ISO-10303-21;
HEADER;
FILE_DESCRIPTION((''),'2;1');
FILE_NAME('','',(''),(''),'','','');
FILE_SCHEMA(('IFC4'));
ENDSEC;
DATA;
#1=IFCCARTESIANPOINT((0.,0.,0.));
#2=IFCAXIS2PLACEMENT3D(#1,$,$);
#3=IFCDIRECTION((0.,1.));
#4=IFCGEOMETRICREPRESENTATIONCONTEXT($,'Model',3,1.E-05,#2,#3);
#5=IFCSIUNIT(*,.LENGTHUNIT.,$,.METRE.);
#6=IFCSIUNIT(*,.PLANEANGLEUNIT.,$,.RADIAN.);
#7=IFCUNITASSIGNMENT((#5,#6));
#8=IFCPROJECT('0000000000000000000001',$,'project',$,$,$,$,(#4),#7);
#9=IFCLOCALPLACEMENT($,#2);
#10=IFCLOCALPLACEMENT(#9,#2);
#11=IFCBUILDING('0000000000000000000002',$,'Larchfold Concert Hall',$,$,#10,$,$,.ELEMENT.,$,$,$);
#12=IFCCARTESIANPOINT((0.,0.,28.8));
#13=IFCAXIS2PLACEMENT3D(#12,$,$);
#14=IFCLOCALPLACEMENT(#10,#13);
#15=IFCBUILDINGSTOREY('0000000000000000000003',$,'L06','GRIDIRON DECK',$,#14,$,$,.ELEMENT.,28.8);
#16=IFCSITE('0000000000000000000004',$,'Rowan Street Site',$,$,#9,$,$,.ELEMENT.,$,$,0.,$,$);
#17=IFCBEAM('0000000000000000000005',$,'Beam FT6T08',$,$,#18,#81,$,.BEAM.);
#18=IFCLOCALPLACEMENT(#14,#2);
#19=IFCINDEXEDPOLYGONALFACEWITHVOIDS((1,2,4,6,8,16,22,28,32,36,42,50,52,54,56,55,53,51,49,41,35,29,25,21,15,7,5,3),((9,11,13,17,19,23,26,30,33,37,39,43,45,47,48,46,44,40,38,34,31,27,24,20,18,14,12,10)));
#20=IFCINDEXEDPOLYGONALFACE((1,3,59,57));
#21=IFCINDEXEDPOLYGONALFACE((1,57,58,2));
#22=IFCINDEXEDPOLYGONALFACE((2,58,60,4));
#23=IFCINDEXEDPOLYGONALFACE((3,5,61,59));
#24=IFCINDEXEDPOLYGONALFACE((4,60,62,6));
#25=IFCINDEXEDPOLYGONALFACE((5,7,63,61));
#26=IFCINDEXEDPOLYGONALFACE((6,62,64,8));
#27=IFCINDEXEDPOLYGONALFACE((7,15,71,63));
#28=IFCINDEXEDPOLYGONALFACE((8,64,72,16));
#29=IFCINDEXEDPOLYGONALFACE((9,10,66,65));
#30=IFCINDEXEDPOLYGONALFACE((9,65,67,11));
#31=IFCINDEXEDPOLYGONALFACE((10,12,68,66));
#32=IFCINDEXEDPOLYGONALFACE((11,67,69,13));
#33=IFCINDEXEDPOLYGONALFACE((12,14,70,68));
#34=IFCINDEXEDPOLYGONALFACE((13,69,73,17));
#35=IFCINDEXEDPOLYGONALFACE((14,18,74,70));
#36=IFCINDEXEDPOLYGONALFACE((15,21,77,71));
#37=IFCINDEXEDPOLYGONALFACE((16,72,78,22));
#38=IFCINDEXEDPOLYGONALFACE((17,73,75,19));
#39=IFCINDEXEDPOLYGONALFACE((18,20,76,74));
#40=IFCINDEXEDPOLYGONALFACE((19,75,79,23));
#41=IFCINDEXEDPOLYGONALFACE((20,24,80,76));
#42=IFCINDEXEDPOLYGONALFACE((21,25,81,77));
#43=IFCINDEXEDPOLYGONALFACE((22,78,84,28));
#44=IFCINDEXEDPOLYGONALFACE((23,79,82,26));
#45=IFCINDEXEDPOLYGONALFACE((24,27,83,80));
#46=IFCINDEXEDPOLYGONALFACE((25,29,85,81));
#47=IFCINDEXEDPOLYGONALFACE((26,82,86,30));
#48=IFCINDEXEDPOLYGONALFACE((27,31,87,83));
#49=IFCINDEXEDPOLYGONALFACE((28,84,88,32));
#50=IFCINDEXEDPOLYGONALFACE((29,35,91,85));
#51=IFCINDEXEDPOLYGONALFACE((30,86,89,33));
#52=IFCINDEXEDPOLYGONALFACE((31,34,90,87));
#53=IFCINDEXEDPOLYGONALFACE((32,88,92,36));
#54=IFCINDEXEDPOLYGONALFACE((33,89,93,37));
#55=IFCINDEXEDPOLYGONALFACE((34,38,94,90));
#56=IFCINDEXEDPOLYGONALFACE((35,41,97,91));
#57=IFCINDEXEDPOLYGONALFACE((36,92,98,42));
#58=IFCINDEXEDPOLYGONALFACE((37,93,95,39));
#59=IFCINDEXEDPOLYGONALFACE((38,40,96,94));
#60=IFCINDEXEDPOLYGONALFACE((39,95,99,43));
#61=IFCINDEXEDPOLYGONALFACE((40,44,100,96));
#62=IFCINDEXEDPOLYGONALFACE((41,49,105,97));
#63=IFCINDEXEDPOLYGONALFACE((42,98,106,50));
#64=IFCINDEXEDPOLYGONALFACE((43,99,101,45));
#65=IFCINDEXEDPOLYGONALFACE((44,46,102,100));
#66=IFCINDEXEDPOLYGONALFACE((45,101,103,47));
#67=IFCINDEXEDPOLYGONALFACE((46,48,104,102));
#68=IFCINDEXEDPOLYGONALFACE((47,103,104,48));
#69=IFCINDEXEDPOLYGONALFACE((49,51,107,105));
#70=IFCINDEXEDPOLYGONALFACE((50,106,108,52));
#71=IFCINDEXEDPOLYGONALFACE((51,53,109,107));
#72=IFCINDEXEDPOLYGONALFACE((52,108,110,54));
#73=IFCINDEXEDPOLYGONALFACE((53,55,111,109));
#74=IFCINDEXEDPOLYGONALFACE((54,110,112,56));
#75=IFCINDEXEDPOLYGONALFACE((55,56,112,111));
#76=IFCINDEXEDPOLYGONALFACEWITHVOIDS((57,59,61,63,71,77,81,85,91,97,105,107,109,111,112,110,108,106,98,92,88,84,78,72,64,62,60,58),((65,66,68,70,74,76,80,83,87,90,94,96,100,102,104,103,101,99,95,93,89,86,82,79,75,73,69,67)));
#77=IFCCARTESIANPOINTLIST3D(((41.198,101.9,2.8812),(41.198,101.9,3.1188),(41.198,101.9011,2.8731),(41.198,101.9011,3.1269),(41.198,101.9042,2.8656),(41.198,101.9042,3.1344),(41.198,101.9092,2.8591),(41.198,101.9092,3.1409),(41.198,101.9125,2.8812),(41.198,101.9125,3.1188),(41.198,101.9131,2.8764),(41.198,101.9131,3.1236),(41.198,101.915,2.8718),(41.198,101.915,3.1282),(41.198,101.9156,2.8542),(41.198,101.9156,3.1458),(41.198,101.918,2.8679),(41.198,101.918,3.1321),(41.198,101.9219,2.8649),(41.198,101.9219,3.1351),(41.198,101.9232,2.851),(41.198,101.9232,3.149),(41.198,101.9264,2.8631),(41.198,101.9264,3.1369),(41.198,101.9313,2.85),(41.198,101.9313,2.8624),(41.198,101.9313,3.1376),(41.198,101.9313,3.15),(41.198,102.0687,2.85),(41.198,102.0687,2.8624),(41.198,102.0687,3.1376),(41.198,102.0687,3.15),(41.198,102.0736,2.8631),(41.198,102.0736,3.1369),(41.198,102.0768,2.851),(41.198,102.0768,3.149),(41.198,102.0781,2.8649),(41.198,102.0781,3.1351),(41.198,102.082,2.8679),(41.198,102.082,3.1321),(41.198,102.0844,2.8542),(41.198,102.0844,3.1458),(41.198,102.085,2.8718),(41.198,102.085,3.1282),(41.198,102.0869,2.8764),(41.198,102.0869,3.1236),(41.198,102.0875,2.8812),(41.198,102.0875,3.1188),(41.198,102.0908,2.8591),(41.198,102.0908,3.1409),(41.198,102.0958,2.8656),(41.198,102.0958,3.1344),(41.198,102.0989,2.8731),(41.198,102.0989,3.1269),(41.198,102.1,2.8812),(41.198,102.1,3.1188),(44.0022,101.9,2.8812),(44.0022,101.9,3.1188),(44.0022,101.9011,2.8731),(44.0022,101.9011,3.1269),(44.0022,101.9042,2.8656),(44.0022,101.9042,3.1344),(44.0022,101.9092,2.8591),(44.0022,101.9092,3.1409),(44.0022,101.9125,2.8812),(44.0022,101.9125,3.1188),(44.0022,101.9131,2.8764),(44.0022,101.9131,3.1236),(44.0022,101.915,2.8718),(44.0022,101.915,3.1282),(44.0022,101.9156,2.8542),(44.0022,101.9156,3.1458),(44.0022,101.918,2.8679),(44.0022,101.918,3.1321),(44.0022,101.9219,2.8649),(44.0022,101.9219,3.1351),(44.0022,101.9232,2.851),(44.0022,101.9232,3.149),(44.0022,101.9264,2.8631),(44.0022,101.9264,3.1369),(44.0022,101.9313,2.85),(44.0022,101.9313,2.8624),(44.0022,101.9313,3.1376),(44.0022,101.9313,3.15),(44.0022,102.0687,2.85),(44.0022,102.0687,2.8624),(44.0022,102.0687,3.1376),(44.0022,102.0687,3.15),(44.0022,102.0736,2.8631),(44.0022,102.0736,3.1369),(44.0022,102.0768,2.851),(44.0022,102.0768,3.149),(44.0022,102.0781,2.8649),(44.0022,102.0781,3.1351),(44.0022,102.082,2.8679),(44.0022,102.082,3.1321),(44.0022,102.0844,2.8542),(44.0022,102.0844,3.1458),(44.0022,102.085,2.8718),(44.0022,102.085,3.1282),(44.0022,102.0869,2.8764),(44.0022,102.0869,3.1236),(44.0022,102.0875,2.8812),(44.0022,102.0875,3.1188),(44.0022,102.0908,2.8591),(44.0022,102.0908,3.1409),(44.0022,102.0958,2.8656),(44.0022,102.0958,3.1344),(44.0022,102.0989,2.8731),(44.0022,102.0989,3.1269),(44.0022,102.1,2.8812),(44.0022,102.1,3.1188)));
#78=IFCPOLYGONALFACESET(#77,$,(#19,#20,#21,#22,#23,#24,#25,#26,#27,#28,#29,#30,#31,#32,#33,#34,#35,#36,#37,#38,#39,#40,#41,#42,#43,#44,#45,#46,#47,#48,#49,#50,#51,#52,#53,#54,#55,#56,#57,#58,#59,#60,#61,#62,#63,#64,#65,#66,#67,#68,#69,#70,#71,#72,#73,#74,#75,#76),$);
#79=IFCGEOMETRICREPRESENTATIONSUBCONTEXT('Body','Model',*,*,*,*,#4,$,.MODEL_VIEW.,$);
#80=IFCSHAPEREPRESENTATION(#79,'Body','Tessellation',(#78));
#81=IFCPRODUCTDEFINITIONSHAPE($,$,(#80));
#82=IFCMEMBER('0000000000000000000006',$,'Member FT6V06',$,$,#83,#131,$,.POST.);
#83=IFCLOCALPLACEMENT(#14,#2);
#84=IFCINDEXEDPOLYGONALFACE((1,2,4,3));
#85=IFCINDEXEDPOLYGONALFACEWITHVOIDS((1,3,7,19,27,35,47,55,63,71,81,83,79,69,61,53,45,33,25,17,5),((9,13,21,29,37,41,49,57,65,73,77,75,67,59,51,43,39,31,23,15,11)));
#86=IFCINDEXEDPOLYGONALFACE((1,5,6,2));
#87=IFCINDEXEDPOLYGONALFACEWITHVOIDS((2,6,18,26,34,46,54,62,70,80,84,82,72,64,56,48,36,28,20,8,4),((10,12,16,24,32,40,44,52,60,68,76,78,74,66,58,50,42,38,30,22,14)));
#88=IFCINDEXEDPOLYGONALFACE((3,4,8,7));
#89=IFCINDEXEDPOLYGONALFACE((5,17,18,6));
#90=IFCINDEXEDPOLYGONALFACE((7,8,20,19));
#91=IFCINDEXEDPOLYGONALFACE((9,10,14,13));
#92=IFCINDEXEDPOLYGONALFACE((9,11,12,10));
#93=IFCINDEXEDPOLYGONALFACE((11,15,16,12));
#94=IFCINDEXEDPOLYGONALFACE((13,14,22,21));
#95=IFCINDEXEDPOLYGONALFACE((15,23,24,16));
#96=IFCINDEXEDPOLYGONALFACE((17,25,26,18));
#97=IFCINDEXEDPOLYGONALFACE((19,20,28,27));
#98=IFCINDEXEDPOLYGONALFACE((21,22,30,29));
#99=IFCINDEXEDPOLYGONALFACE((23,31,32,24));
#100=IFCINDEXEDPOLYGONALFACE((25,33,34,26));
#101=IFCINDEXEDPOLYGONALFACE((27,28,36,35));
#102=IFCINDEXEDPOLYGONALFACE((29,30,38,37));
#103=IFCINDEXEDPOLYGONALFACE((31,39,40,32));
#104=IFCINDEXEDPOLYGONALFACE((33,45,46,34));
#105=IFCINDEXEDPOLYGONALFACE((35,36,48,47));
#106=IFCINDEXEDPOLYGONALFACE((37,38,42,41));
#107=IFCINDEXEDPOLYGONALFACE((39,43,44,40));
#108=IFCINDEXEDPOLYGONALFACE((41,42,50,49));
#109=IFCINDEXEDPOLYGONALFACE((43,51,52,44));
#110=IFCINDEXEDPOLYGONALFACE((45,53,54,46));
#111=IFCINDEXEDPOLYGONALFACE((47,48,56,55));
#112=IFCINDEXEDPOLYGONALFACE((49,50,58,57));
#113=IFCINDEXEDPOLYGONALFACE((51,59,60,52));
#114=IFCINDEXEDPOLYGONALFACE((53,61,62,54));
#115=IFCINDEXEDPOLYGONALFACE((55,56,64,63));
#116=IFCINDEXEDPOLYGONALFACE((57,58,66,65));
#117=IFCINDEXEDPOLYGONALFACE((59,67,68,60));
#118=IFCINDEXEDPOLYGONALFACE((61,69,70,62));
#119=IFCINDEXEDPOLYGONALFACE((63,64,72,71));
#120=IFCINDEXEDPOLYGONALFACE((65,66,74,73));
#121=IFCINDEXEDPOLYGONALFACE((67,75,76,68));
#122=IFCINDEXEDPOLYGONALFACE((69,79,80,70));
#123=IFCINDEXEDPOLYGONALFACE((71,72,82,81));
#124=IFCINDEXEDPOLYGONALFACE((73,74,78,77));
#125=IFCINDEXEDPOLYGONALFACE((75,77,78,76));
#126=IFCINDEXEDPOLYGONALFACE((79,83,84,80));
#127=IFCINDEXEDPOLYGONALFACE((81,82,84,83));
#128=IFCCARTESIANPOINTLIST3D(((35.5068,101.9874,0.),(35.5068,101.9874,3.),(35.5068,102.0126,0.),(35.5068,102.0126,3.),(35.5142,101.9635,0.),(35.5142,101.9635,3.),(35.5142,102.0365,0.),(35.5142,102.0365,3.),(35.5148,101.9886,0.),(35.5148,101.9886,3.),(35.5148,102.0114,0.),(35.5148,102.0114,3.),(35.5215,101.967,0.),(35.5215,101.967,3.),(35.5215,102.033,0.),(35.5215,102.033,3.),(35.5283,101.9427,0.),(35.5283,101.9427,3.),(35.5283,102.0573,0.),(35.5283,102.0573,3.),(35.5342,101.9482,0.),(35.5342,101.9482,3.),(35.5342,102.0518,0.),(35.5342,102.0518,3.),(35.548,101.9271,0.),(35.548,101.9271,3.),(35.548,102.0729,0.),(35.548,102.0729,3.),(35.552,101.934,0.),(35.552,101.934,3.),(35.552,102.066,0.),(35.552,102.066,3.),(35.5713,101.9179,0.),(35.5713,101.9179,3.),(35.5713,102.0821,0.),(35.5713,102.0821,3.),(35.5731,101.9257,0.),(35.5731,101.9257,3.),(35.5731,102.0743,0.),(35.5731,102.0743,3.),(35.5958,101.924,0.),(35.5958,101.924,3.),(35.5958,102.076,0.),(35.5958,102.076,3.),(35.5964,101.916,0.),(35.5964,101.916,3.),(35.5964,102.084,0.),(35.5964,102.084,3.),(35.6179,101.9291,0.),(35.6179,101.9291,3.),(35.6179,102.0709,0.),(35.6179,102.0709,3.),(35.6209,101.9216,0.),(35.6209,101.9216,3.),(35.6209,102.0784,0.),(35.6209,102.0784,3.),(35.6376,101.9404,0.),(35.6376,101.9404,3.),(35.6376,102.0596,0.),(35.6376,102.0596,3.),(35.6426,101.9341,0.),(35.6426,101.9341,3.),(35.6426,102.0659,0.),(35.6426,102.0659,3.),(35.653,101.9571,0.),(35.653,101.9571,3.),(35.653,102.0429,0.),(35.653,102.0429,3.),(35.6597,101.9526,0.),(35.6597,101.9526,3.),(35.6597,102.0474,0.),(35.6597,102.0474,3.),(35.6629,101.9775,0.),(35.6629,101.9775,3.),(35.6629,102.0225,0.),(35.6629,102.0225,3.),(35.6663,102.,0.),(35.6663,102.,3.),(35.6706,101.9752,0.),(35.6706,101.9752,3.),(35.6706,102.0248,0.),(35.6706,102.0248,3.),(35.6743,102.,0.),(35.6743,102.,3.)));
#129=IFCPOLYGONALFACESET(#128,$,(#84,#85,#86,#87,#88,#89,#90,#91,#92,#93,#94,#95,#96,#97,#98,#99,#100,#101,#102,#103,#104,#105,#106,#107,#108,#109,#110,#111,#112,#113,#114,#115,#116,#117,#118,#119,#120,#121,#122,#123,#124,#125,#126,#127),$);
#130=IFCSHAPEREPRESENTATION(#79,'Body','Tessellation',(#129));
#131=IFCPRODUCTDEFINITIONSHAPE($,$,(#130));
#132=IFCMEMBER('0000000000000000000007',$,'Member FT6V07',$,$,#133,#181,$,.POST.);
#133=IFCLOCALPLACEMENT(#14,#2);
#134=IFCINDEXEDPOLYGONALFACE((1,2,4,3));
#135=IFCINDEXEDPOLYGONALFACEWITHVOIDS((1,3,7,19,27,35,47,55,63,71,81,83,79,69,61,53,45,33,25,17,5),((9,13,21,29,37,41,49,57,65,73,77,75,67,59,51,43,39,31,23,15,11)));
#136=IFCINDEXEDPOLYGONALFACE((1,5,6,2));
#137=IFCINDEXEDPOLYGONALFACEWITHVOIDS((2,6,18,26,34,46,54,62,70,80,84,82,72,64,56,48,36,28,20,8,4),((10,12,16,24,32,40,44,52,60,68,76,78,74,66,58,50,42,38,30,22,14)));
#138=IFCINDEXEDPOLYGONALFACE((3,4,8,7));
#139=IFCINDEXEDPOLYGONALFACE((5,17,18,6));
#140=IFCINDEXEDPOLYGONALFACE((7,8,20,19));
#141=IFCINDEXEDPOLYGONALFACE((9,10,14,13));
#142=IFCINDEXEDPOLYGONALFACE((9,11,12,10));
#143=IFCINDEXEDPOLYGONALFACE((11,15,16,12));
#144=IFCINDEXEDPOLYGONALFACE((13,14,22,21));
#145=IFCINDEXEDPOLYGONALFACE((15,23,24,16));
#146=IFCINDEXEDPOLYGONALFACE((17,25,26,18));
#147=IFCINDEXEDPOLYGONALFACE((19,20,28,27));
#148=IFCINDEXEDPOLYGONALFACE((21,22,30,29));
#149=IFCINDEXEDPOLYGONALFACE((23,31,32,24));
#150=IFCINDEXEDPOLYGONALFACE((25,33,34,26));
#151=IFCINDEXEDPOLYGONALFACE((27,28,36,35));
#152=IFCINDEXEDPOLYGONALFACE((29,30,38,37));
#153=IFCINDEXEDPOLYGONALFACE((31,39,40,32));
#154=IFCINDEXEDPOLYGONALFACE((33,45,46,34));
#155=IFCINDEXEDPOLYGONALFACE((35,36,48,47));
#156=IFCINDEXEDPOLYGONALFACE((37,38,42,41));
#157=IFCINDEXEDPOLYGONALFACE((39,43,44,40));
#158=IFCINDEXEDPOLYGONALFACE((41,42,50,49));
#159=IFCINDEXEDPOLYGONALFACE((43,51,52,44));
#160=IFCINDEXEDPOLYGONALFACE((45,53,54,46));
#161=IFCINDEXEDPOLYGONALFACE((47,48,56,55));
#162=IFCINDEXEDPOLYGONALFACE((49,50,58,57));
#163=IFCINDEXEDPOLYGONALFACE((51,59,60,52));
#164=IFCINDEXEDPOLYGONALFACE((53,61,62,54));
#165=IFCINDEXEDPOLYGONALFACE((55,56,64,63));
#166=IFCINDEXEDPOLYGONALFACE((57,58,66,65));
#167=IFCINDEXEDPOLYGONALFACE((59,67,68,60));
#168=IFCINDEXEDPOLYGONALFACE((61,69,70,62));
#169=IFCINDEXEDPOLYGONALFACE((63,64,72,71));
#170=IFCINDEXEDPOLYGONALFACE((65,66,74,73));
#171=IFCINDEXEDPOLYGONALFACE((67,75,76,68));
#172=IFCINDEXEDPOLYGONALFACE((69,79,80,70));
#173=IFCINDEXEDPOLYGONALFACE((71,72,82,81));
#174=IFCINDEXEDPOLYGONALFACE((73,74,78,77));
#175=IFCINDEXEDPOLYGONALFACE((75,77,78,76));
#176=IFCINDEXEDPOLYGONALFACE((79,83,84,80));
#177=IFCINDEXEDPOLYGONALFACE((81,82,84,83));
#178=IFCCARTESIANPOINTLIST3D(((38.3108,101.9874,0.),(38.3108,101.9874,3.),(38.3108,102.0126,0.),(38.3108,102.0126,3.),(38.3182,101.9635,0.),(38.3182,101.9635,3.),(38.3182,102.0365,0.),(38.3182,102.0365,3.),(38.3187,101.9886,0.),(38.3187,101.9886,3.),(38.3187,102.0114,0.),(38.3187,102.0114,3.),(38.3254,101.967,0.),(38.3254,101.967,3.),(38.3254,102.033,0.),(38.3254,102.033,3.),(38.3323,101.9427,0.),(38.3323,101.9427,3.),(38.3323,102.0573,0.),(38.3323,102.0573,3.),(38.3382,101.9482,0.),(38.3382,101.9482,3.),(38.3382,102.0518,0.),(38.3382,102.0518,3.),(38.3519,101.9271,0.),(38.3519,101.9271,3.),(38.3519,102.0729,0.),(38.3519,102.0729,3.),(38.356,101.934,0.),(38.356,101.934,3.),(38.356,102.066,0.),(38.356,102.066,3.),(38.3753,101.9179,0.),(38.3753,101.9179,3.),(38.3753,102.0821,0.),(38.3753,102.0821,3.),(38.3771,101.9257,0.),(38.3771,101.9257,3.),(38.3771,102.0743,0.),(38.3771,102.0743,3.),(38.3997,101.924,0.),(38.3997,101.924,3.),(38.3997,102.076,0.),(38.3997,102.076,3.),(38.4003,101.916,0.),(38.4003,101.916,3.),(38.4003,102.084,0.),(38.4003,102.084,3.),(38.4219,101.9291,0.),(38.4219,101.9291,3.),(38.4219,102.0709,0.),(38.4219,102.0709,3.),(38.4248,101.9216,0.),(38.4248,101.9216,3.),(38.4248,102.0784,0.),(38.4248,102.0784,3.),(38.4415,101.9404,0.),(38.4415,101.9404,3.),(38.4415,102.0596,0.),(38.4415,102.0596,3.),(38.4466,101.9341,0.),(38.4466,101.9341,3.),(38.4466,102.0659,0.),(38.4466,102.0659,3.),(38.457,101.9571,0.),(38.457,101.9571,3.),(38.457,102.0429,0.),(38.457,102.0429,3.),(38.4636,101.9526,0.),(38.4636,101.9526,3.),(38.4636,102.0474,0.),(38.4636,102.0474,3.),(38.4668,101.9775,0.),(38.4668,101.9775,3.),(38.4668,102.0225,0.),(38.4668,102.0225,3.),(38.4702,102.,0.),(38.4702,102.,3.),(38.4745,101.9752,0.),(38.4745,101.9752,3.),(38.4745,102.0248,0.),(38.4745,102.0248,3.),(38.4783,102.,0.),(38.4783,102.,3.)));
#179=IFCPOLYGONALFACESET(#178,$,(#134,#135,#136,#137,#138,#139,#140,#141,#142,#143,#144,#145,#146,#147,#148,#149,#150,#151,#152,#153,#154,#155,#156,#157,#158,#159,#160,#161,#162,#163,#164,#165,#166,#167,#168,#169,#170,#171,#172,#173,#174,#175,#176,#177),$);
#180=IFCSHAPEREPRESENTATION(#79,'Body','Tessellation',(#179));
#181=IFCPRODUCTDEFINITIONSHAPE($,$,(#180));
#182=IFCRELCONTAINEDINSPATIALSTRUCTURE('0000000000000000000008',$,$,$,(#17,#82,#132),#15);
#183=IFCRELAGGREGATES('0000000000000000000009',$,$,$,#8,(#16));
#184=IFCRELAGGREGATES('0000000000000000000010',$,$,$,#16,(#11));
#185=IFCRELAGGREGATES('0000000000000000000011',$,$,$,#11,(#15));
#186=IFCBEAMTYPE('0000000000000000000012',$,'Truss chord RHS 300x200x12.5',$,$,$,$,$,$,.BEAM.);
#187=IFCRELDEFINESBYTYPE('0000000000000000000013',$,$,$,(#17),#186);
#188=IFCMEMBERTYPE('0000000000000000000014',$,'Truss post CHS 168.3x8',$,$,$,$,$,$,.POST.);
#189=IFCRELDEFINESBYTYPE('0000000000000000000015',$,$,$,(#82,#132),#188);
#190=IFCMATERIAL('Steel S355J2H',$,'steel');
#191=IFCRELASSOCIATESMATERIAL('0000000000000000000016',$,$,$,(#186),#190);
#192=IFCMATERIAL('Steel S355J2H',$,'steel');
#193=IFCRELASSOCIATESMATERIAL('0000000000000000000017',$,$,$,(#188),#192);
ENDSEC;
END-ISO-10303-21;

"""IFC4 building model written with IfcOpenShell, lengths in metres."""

from ifc_helpers import new_model, si_unit, direction, frame, origin, origin_2d, place, context, subcontext, project, spatial, hollow_rectangle, hollow_circle, extrude, material, material_profile, profile_set, type_object, element, save


model = new_model("IFC4")

# Units and contexts
model_context = context("Model", 3, precision=1e-05, world=origin(), true_north=direction((0.0, 1.0)))
body_context = subcontext(model_context, "Body", "Model", "MODEL_VIEW")
ifc_project = project(units=[si_unit("LENGTHUNIT", "METRE"), si_unit("PLANEANGLEUNIT", "RADIAN")], contexts=[model_context])

# Site, building, storey
site_placement = place(None, origin())
site = spatial("IfcSite", under=ifc_project, at=site_placement, Name="Rowan Street Site", CompositionType="ELEMENT", RefElevation=0.0)
building_placement = place(site_placement, origin())
building = spatial("IfcBuilding", under=site, at=building_placement, Name="Larchfold Concert Hall", CompositionType="ELEMENT")
storey_placement = place(building_placement, frame((0.0, 0.0, 28.8)))
storey = spatial("IfcBuildingStorey", under=building, at=storey_placement, Name="L06", Description="GRIDIRON DECK", CompositionType="ELEMENT", Elevation=28.8)

# Beam
ifc_material_1 = material(Name="Steel S355J2H", Category="steel")
ifc_material_profile_1 = material_profile(ifc_material_1, hollow_rectangle(XDim=0.2, YDim=0.3, WallThickness=0.0125, InnerFilletRadius=0.0188, OuterFilletRadius=0.0312, at=origin_2d()))
ifc_profile_set_1 = profile_set([ifc_material_profile_1], Name="Steel S355J2H")
beam_type_1 = type_object("IfcBeamType", Name="Truss chord RHS 300x200x12.5", PredefinedType="BEAM", material=ifc_profile_set_1)
beam_1_placement = place(storey_placement, frame((41.198, 102.0, 3.0), z_axis=(1.0, 0.0, 0.0), x_axis=(0.0, 1.0, 0.0)))
element("IfcBeam", 1, at=beam_1_placement, inside=storey, type_object=beam_type_1, Name="Beam FT6T08", PredefinedType="BEAM", context=body_context, shape_type="SweptSolid", body=[
    extrude(hollow_rectangle(XDim=0.2, YDim=0.3, WallThickness=0.0125, InnerFilletRadius=0.0188, OuterFilletRadius=0.0312, at=origin_2d()), origin(), (0.0, 0.0, 1.0), 2.8042),
])

# Members
ifc_material_2 = material(Name="Steel S355J2H", Category="steel")
ifc_material_profile_2 = material_profile(ifc_material_2, hollow_circle(Radius=0.0842, WallThickness=0.0081, at=origin_2d()))
ifc_profile_set_2 = profile_set([ifc_material_profile_2], Name="Steel S355J2H")
member_type_1 = type_object("IfcMemberType", Name="Truss post CHS 168.3x8", PredefinedType="POST", material=ifc_profile_set_2)
for number, where, z_axis, x_axis, name in (
    (2, (35.5901, 102.0, 3.0), (0.0, 0.0, -1.0), (1.0, 0.0, 0.0), "Member FT6V06"),
    (3, (38.394, 102.0, 3.0), (0.0, 0.0, -1.0), (1.0, 0.0, 0.0), "Member FT6V07"),
):
    element("IfcMember", number, at=place(storey_placement, frame(where, z_axis=z_axis, x_axis=x_axis)), inside=storey, type_object=member_type_1, Name=name, PredefinedType="POST", context=body_context, shape_type="SweptSolid", body=[
        extrude(hollow_circle(Radius=0.0842, WallThickness=0.0081, at=origin_2d()), origin(), (0.0, 0.0, 1.0), 3.0),
    ])

save(model, "model.ifc")
